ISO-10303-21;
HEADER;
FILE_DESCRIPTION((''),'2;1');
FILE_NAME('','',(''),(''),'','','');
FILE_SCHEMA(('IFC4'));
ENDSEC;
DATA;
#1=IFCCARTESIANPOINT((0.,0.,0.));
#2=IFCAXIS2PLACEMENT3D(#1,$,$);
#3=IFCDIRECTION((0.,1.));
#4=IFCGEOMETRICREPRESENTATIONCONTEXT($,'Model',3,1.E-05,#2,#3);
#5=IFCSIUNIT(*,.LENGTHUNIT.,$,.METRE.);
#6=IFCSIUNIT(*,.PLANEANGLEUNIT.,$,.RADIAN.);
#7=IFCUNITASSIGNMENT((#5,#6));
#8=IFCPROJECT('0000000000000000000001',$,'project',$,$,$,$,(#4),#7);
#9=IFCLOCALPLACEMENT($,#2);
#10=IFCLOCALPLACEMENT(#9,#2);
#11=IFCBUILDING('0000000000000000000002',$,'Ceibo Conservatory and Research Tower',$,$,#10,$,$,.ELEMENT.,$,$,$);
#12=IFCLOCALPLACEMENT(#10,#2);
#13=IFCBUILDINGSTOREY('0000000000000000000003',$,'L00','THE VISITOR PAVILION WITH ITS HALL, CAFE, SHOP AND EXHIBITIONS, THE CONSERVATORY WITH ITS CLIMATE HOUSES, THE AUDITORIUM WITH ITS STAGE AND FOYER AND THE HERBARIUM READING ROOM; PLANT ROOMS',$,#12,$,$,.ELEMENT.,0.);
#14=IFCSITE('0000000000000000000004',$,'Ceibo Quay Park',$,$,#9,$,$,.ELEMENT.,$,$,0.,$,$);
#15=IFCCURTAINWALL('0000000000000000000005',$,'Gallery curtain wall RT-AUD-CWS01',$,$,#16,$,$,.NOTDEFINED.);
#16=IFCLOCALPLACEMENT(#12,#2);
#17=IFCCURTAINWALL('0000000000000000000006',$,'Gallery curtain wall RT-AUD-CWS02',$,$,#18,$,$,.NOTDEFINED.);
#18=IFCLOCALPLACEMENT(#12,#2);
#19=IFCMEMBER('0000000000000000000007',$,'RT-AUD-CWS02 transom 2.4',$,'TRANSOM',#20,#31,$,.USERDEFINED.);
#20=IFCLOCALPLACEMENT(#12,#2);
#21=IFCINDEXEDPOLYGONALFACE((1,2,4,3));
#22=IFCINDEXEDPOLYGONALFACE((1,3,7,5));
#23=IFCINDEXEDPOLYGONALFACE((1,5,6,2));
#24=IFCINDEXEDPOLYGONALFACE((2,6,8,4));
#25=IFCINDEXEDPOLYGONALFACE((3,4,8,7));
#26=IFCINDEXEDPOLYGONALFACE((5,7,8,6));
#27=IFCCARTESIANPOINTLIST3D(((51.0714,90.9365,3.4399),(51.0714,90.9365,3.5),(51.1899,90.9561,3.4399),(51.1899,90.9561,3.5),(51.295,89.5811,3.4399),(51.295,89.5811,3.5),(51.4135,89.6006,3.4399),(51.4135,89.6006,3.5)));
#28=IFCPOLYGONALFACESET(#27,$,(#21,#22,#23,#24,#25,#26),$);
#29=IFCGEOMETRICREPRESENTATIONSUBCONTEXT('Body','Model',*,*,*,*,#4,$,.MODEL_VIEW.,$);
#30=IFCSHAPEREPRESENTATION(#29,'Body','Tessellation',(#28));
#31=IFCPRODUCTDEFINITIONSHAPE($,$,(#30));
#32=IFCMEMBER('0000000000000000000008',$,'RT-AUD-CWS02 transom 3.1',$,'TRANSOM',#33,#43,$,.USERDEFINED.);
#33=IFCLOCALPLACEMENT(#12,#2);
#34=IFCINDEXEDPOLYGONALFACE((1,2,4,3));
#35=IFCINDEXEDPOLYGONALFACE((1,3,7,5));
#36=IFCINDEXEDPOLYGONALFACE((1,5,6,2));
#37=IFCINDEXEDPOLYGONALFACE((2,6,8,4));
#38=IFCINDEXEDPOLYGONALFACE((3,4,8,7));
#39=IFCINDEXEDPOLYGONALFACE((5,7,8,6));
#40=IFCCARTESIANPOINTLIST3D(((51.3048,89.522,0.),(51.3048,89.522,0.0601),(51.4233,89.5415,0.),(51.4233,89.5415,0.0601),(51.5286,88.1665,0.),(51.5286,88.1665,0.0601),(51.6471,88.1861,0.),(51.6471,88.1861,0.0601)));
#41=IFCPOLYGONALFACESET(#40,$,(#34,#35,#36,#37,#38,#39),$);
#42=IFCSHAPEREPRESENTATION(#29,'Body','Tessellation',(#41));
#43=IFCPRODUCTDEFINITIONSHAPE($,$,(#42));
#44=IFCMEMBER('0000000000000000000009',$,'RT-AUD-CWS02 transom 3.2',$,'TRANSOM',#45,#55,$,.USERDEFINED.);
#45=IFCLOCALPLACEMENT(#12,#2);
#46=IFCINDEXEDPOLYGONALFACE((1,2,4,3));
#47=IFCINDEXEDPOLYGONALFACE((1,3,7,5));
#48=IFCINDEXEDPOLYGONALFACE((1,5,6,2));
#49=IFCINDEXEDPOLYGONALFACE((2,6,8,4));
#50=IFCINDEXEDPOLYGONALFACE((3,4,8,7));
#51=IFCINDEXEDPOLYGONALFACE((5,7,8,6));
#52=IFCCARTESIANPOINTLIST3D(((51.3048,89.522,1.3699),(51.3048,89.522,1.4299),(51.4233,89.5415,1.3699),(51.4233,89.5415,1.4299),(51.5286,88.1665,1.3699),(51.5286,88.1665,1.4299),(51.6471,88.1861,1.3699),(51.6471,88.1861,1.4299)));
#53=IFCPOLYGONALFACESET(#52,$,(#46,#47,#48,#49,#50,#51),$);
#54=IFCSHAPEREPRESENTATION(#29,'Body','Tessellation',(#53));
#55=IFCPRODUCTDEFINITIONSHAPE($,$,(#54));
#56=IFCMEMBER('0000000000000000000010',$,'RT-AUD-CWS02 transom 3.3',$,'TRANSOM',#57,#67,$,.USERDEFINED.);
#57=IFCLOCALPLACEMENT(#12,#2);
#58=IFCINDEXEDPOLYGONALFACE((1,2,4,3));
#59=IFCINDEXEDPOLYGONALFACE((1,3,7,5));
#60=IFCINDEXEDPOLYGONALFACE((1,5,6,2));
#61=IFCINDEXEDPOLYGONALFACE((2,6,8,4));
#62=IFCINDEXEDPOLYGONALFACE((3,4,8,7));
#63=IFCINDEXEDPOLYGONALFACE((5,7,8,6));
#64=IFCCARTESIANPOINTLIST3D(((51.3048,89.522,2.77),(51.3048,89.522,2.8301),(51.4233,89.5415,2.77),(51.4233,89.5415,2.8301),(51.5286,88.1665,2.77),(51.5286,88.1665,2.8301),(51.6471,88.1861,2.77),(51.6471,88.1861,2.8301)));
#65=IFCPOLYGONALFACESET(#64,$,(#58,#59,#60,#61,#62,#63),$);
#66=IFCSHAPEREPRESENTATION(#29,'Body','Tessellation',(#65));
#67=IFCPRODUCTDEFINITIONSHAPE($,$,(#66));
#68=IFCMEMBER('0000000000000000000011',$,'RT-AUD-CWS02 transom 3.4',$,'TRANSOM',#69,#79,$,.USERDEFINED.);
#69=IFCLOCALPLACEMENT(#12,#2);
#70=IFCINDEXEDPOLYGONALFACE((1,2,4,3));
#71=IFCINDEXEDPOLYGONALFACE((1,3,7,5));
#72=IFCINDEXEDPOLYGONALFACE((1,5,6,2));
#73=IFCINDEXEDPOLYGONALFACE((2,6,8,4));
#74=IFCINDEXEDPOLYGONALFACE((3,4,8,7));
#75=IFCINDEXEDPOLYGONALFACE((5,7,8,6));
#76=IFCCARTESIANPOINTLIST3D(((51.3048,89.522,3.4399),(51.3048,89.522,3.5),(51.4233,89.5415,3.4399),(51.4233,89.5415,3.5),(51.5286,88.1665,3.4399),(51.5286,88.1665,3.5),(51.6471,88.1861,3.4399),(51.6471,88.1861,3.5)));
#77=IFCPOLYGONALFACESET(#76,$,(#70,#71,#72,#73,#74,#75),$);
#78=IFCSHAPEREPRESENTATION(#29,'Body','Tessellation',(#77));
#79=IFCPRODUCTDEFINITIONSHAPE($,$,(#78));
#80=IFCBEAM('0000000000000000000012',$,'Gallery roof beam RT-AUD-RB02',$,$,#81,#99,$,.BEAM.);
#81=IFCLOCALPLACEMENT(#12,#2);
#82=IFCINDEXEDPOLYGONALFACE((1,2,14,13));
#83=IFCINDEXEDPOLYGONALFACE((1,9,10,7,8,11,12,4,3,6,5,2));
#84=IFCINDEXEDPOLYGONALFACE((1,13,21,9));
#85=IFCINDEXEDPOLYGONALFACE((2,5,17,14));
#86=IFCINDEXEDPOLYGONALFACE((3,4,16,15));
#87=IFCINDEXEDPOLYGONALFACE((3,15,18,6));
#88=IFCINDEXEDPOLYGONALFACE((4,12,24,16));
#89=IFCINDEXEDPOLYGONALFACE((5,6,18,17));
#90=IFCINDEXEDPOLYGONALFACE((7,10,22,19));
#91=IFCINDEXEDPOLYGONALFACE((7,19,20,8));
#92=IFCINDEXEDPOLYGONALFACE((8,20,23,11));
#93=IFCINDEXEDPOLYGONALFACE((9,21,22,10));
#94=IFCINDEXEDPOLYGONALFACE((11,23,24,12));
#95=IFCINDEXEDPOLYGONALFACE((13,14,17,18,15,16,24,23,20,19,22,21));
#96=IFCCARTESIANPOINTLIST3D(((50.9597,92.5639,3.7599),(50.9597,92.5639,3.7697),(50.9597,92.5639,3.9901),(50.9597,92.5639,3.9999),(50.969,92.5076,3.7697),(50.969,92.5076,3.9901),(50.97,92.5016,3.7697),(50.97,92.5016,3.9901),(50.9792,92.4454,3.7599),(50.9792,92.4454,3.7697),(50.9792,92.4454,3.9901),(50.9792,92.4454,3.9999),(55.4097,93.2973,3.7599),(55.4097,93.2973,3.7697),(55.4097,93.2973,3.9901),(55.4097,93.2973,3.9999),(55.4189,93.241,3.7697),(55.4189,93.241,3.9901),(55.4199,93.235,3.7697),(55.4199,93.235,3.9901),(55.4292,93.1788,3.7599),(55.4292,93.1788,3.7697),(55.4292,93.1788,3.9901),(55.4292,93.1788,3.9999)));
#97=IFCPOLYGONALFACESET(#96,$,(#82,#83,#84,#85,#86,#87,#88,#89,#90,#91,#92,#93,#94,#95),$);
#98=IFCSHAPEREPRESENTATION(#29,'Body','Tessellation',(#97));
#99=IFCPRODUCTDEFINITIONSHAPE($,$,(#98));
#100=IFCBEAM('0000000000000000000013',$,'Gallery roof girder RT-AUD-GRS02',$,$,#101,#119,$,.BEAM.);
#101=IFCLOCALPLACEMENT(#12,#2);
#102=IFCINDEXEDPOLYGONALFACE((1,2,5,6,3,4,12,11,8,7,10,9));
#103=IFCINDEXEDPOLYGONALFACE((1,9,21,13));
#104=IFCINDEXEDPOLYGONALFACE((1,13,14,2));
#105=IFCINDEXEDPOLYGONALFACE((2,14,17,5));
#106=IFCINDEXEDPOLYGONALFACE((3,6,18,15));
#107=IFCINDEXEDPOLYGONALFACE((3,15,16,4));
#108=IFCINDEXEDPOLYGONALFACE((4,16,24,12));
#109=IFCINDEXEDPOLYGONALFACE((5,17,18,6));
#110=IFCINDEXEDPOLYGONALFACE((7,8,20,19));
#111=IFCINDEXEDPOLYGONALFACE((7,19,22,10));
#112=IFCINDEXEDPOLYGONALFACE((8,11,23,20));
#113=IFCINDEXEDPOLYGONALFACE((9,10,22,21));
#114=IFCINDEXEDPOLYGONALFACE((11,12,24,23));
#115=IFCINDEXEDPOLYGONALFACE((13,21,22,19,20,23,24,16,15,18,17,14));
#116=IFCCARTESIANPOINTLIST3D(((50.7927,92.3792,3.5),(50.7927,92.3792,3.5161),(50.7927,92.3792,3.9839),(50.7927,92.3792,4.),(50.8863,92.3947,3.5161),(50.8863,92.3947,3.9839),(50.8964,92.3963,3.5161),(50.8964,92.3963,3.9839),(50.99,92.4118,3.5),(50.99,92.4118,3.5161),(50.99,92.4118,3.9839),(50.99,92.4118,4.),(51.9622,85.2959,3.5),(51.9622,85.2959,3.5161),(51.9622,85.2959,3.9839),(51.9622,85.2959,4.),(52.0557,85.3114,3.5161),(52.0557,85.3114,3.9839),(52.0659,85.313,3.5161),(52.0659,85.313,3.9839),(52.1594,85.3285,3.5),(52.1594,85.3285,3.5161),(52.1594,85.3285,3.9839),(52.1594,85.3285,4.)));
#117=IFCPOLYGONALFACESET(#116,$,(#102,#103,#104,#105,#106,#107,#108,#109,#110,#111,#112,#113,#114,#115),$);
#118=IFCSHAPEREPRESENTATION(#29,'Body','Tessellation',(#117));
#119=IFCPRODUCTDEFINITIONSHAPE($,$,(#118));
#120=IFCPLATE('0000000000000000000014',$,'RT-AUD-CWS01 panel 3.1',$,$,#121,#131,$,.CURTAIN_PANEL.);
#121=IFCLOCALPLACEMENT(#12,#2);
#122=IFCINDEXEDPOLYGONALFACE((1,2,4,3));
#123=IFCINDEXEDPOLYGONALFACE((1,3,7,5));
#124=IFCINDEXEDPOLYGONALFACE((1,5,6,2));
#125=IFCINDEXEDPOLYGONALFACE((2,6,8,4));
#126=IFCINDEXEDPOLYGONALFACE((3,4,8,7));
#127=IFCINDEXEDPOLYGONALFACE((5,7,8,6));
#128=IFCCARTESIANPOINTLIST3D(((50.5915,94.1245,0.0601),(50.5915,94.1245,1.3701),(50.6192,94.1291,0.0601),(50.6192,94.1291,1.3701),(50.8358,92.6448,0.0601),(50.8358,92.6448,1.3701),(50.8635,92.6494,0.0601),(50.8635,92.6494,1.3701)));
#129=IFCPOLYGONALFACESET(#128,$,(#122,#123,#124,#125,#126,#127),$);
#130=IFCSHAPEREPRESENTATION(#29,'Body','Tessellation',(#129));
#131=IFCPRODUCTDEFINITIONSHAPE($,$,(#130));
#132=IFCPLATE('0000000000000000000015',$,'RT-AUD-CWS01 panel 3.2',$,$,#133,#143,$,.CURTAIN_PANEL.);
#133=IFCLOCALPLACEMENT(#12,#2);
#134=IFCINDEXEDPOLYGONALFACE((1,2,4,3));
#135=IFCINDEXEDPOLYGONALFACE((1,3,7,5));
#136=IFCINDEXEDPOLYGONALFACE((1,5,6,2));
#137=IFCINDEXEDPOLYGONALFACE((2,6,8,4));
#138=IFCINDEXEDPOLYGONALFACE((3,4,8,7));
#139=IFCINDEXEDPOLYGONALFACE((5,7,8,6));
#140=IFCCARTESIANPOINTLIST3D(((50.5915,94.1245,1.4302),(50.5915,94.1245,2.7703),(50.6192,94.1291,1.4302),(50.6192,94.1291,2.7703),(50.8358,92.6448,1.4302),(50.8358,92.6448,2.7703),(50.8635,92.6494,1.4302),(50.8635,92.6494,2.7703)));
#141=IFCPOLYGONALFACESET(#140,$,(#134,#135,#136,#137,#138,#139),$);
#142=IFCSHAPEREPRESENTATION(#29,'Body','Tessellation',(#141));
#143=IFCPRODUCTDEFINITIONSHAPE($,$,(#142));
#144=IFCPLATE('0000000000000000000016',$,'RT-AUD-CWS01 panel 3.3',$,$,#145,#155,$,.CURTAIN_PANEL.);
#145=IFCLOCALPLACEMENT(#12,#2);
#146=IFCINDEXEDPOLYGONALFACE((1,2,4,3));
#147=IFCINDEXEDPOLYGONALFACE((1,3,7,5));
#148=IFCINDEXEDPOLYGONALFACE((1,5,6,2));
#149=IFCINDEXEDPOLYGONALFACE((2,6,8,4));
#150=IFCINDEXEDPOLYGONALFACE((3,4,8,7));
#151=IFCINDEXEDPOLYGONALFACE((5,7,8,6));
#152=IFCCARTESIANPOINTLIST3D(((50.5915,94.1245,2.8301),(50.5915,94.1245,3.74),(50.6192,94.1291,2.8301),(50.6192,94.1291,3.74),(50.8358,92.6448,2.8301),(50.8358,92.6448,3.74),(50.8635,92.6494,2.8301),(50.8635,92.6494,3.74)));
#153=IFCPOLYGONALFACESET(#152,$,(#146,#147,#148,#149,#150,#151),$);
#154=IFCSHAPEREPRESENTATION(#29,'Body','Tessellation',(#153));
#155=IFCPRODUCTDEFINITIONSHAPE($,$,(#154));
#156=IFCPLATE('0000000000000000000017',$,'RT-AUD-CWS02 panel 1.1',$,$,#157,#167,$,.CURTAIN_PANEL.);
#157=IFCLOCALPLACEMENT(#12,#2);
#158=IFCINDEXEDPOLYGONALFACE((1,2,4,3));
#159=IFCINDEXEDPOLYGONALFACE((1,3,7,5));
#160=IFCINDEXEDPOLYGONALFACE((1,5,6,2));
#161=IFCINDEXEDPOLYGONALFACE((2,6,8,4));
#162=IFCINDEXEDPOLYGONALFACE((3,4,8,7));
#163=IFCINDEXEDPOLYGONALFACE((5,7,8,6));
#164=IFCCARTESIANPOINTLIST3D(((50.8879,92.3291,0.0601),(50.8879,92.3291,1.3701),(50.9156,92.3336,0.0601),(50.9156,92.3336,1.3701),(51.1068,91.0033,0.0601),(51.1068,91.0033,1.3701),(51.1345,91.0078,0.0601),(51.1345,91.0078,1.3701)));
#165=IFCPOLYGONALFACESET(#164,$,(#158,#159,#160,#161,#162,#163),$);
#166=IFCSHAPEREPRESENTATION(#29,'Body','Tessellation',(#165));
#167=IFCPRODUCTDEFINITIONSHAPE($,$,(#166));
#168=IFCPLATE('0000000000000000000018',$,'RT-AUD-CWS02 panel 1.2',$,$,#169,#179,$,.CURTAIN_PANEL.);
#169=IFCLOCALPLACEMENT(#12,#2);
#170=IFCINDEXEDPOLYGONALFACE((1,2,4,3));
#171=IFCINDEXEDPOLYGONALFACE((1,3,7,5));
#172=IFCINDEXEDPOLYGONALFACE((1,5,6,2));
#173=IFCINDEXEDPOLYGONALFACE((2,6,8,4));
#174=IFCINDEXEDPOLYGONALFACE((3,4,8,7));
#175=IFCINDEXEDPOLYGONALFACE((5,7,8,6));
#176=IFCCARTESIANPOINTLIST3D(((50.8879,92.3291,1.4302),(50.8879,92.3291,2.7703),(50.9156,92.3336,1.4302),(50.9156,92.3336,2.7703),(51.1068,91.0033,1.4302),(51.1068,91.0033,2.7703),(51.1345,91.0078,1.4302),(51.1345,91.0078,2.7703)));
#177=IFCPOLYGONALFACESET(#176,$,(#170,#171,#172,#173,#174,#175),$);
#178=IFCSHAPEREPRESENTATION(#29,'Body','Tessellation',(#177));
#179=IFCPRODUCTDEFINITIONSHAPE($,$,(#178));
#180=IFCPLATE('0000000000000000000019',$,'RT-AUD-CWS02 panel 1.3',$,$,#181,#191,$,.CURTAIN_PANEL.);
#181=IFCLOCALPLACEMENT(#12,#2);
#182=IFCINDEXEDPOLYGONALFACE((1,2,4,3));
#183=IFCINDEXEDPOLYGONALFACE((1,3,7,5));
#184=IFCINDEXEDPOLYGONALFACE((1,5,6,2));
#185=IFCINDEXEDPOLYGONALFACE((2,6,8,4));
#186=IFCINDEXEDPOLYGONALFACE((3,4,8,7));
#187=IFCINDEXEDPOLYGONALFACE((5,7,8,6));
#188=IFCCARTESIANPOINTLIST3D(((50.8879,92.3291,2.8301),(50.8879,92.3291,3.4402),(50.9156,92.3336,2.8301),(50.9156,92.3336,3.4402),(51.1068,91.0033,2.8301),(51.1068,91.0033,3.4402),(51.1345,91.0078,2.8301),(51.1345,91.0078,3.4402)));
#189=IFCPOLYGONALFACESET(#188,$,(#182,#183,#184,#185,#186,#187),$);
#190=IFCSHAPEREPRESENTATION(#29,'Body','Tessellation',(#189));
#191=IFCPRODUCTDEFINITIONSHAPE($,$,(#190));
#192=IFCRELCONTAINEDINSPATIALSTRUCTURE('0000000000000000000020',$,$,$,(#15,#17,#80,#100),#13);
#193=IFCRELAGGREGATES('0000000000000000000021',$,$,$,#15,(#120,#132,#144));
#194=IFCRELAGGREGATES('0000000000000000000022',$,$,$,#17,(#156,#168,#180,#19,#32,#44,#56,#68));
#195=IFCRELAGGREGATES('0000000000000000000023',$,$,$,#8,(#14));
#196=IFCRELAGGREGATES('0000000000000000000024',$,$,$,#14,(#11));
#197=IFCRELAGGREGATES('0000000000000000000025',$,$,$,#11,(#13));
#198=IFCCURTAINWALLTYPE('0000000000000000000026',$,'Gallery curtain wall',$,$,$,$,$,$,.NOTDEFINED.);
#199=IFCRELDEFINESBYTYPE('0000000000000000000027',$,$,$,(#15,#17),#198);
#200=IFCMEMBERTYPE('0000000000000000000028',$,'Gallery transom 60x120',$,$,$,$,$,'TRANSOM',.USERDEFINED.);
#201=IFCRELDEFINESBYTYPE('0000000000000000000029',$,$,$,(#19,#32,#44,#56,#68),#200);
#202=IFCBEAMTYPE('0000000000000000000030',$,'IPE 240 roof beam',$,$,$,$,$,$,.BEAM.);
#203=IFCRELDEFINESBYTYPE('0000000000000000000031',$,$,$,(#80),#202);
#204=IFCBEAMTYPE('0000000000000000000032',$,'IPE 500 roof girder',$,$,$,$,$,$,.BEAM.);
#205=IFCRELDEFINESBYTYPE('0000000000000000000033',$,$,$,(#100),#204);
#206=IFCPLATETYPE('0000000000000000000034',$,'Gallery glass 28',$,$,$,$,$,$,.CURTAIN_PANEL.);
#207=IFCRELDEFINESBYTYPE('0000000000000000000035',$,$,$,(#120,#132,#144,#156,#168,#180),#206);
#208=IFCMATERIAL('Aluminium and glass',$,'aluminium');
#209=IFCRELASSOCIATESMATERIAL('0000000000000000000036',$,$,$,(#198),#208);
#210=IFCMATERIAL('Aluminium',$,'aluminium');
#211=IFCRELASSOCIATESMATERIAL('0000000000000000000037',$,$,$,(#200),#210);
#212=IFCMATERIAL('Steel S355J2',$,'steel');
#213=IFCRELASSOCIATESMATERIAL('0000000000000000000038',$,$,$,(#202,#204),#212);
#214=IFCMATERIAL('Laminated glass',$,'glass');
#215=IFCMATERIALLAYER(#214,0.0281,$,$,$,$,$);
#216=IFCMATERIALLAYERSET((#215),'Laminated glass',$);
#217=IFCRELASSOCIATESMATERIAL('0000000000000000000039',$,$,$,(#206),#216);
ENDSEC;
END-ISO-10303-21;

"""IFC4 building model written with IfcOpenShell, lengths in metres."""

from ifc_helpers import new_model, si_unit, direction, frame, origin, origin_2d, place, context, subcontext, project, spatial, rectangle, i_section, extrude, material, layer, layer_set, material_profile, profile_set, type_object, element, aggregate, save


model = new_model("IFC4")

# Units and contexts
model_context = context("Model", 3, precision=1e-05, world=origin(), true_north=direction((0.0, 1.0)))
body_context = subcontext(model_context, "Body", "Model", "MODEL_VIEW")
ifc_project = project(units=[si_unit("LENGTHUNIT", "METRE"), si_unit("PLANEANGLEUNIT", "RADIAN")], contexts=[model_context])

# Site, building, storey
site_placement = place(None, origin())
site = spatial("IfcSite", under=ifc_project, at=site_placement, Name="Ceibo Quay Park", CompositionType="ELEMENT", RefElevation=0.0)
building_placement = place(site_placement, origin())
building = spatial("IfcBuilding", under=site, at=building_placement, Name="Ceibo Conservatory and Research Tower", CompositionType="ELEMENT")
storey_placement = place(building_placement, origin())
storey = spatial("IfcBuildingStorey", under=building, at=storey_placement, Name="L00", Description="THE VISITOR PAVILION WITH ITS HALL, CAFE, SHOP AND EXHIBITIONS, THE CONSERVATORY WITH ITS CLIMATE HOUSES, THE AUDITORIUM WITH ITS STAGE AND FOYER AND THE HERBARIUM READING ROOM; PLANT ROOMS", CompositionType="ELEMENT", Elevation=0.0)

# Curtain wall
ifc_material_1 = material(Name="Aluminium and glass", Category="aluminium")
curtain_wall_type = type_object("IfcCurtainWallType", Name="Gallery curtain wall", PredefinedType="NOTDEFINED", material=ifc_material_1)
ifc_material_2 = material(Name="Aluminium", Category="aluminium")
curtain_wall_1_placement = place(storey_placement, origin())
curtain_wall_1 = element("IfcCurtainWall", 1, at=curtain_wall_1_placement, inside=storey, type_object=curtain_wall_type, Name="Gallery curtain wall RT-AUD-CWS01", PredefinedType="NOTDEFINED")

# Curtain wall
curtain_wall_2_placement = place(storey_placement, origin())
curtain_wall_2 = element("IfcCurtainWall", 2, at=curtain_wall_2_placement, inside=storey, type_object=curtain_wall_type, Name="Gallery curtain wall RT-AUD-CWS02", PredefinedType="NOTDEFINED")

# Members
ifc_material_profile_1 = material_profile(ifc_material_2, rectangle(XDim=0.1201, YDim=0.0601, at=origin_2d()), Name="AL 60x120")
ifc_profile_set_1 = profile_set([ifc_material_profile_1], Name="Aluminium")
member_type_1 = type_object("IfcMemberType", Name="Gallery transom 60x120", ElementType="TRANSOM", PredefinedType="USERDEFINED", material=ifc_profile_set_1)
member_1_placement = place(storey_placement, frame((51.1306, 90.9463, 3.47), z_axis=(0.162785, -0.986662, 0.0), x_axis=(0.986662, 0.162785, 0.0)))
member_1 = element("IfcMember", 3, at=member_1_placement, type_object=member_type_1, Name="RT-AUD-CWS02 transom 2.4", ObjectType="TRANSOM", PredefinedType="USERDEFINED", context=body_context, shape_type="SweptSolid", body=[
    extrude(rectangle(XDim=0.1201, YDim=0.0601, at=origin_2d()), origin(), (0.0, 0.0, 1.0), 1.3738),
])
member_2_placement = place(storey_placement, frame((51.364, 89.5317, 0.03), z_axis=(0.162958, -0.986633, 0.0), x_axis=(0.986633, 0.162958, 0.0)))
member_2 = element("IfcMember", 4, at=member_2_placement, type_object=member_type_1, Name="RT-AUD-CWS02 transom 3.1", ObjectType="TRANSOM", PredefinedType="USERDEFINED", context=body_context, shape_type="SweptSolid", body=[
    extrude(rectangle(XDim=0.1201, YDim=0.0601, at=origin_2d()), origin(), (0.0, 0.0, 1.0), 1.3738),
])
member_3_placement = place(storey_placement, frame((51.364, 89.5317, 1.3999), z_axis=(0.162958, -0.986633, 0.0), x_axis=(0.986633, 0.162958, 0.0)))
member_3 = element("IfcMember", 5, at=member_3_placement, type_object=member_type_1, Name="RT-AUD-CWS02 transom 3.2", ObjectType="TRANSOM", PredefinedType="USERDEFINED", context=body_context, shape_type="SweptSolid", body=[
    extrude(rectangle(XDim=0.1201, YDim=0.0601, at=origin_2d()), origin(), (0.0, 0.0, 1.0), 1.3738),
])
member_4_placement = place(storey_placement, frame((51.364, 89.5317, 2.8), z_axis=(0.162958, -0.986633, 0.0), x_axis=(0.986633, 0.162958, 0.0)))
member_4 = element("IfcMember", 6, at=member_4_placement, type_object=member_type_1, Name="RT-AUD-CWS02 transom 3.3", ObjectType="TRANSOM", PredefinedType="USERDEFINED", context=body_context, shape_type="SweptSolid", body=[
    extrude(rectangle(XDim=0.1201, YDim=0.0601, at=origin_2d()), origin(), (0.0, 0.0, 1.0), 1.3738),
])
member_5_placement = place(storey_placement, frame((51.364, 89.5317, 3.47), z_axis=(0.162958, -0.986633, 0.0), x_axis=(0.986633, 0.162958, 0.0)))
member_5 = element("IfcMember", 7, at=member_5_placement, type_object=member_type_1, Name="RT-AUD-CWS02 transom 3.4", ObjectType="TRANSOM", PredefinedType="USERDEFINED", context=body_context, shape_type="SweptSolid", body=[
    extrude(rectangle(XDim=0.1201, YDim=0.0601, at=origin_2d()), origin(), (0.0, 0.0, 1.0), 1.3738),
])

# Beams
ifc_material_3 = material(Name="Steel S355J2", Category="steel")
ifc_material_profile_2 = material_profile(ifc_material_3, i_section(OverallWidth=0.1201, OverallDepth=0.24, WebThickness=0.0061, FlangeThickness=0.0098, at=origin_2d()), Name="IPE 240")
ifc_profile_set_2 = profile_set([ifc_material_profile_2], Name="Steel S355J2")
beam_type_1 = type_object("IfcBeamType", Name="IPE 240 roof beam", PredefinedType="BEAM", material=ifc_profile_set_2)
beam_1_placement = place(storey_placement, frame((55.4194, 93.238, 3.8799), z_axis=(-0.986689, -0.162617, 0.0), x_axis=(0.162617, -0.986689, 0.0)))
element("IfcBeam", 8, at=beam_1_placement, inside=storey, type_object=beam_type_1, Name="Gallery roof beam RT-AUD-RB02", PredefinedType="BEAM", context=body_context, shape_type="SweptSolid", body=[
    extrude(i_section(OverallWidth=0.1201, OverallDepth=0.24, WebThickness=0.0061, FlangeThickness=0.0098, at=origin_2d()), origin(), (0.0, 0.0, 1.0), 4.51),
])
ifc_material_profile_3 = material_profile(ifc_material_3, i_section(OverallWidth=0.2, OverallDepth=0.5, WebThickness=0.0103, FlangeThickness=0.0161, at=origin_2d()), Name="IPE 500")
ifc_profile_set_3 = profile_set([ifc_material_profile_3], Name="Steel S355J2")
beam_type_2 = type_object("IfcBeamType", Name="IPE 500 roof girder", PredefinedType="BEAM", material=ifc_profile_set_3)
beam_2_placement = place(storey_placement, frame((50.8914, 92.3955, 3.75), z_axis=(0.162893, -0.986644, 0.0), x_axis=(0.986644, 0.162893, 0.0)))
element("IfcBeam", 9, at=beam_2_placement, inside=storey, type_object=beam_type_2, Name="Gallery roof girder RT-AUD-GRS02", PredefinedType="BEAM", context=body_context, shape_type="SweptSolid", body=[
    extrude(i_section(OverallWidth=0.2, OverallDepth=0.5, WebThickness=0.0103, FlangeThickness=0.0161, at=origin_2d()), origin(), (0.0, 0.0, 1.0), 7.1792),
])

# Plates
ifc_material_4 = material(Name="Laminated glass", Category="glass")
ifc_layer = layer(ifc_material_4, 0.0281)
ifc_layer_set = layer_set([ifc_layer], Name="Laminated glass")
plate_type = type_object("IfcPlateType", Name="Gallery glass 28", PredefinedType="CURTAIN_PANEL", material=ifc_layer_set)
plate_1_placement = place(storey_placement, frame((50.7275, 93.387, 0.0601), z_axis=(0.0, 0.0, 1.0), x_axis=(0.162895, -0.986643, 0.0)))
plate_1 = element("IfcPlate", 10, at=plate_1_placement, type_object=plate_type, Name="RT-AUD-CWS01 panel 3.1", PredefinedType="CURTAIN_PANEL", context=body_context, shape_type="SweptSolid", body=[
    extrude(rectangle(XDim=1.4998, YDim=0.0281, at=origin_2d()), origin(), (0.0, 0.0, 1.0), 1.3101),
])
plate_2_placement = place(storey_placement, frame((50.7275, 93.387, 1.4302), z_axis=(0.0, 0.0, 1.0), x_axis=(0.162895, -0.986643, 0.0)))
plate_2 = element("IfcPlate", 11, at=plate_2_placement, type_object=plate_type, Name="RT-AUD-CWS01 panel 3.2", PredefinedType="CURTAIN_PANEL", context=body_context, shape_type="SweptSolid", body=[
    extrude(rectangle(XDim=1.4998, YDim=0.0281, at=origin_2d()), origin(), (0.0, 0.0, 1.0), 1.3401),
])
plate_3_placement = place(storey_placement, frame((50.7275, 93.387, 2.8301), z_axis=(0.0, 0.0, 1.0), x_axis=(0.162895, -0.986643, 0.0)))
plate_3 = element("IfcPlate", 12, at=plate_3_placement, type_object=plate_type, Name="RT-AUD-CWS01 panel 3.3", PredefinedType="CURTAIN_PANEL", context=body_context, shape_type="SweptSolid", body=[
    extrude(rectangle(XDim=1.4998, YDim=0.0281, at=origin_2d()), origin(), (0.0, 0.0, 1.0), 0.9099),
])
aggregate(curtain_wall_1, [plate_1, plate_2, plate_3])
plate_4_placement = place(storey_placement, frame((51.0112, 91.6685, 0.0601), z_axis=(0.0, 0.0, 1.0), x_axis=(0.162895, -0.986643, 0.0)))
plate_4 = element("IfcPlate", 13, at=plate_4_placement, type_object=plate_type, Name="RT-AUD-CWS02 panel 1.1", PredefinedType="CURTAIN_PANEL", context=body_context, shape_type="SweptSolid", body=[
    extrude(rectangle(XDim=1.3438, YDim=0.0281, at=origin_2d()), origin(), (0.0, 0.0, 1.0), 1.3101),
])
plate_5_placement = place(storey_placement, frame((51.0112, 91.6685, 1.4302), z_axis=(0.0, 0.0, 1.0), x_axis=(0.162895, -0.986643, 0.0)))
plate_5 = element("IfcPlate", 14, at=plate_5_placement, type_object=plate_type, Name="RT-AUD-CWS02 panel 1.2", PredefinedType="CURTAIN_PANEL", context=body_context, shape_type="SweptSolid", body=[
    extrude(rectangle(XDim=1.3438, YDim=0.0281, at=origin_2d()), origin(), (0.0, 0.0, 1.0), 1.3401),
])
plate_6_placement = place(storey_placement, frame((51.0112, 91.6685, 2.8301), z_axis=(0.0, 0.0, 1.0), x_axis=(0.162895, -0.986643, 0.0)))
plate_6 = element("IfcPlate", 15, at=plate_6_placement, type_object=plate_type, Name="RT-AUD-CWS02 panel 1.3", PredefinedType="CURTAIN_PANEL", context=body_context, shape_type="SweptSolid", body=[
    extrude(rectangle(XDim=1.3438, YDim=0.0281, at=origin_2d()), origin(), (0.0, 0.0, 1.0), 0.6101),
])
aggregate(curtain_wall_2, [plate_4, plate_5, plate_6, member_1, member_2, member_3, member_4, member_5])

save(model, "model.ifc")
